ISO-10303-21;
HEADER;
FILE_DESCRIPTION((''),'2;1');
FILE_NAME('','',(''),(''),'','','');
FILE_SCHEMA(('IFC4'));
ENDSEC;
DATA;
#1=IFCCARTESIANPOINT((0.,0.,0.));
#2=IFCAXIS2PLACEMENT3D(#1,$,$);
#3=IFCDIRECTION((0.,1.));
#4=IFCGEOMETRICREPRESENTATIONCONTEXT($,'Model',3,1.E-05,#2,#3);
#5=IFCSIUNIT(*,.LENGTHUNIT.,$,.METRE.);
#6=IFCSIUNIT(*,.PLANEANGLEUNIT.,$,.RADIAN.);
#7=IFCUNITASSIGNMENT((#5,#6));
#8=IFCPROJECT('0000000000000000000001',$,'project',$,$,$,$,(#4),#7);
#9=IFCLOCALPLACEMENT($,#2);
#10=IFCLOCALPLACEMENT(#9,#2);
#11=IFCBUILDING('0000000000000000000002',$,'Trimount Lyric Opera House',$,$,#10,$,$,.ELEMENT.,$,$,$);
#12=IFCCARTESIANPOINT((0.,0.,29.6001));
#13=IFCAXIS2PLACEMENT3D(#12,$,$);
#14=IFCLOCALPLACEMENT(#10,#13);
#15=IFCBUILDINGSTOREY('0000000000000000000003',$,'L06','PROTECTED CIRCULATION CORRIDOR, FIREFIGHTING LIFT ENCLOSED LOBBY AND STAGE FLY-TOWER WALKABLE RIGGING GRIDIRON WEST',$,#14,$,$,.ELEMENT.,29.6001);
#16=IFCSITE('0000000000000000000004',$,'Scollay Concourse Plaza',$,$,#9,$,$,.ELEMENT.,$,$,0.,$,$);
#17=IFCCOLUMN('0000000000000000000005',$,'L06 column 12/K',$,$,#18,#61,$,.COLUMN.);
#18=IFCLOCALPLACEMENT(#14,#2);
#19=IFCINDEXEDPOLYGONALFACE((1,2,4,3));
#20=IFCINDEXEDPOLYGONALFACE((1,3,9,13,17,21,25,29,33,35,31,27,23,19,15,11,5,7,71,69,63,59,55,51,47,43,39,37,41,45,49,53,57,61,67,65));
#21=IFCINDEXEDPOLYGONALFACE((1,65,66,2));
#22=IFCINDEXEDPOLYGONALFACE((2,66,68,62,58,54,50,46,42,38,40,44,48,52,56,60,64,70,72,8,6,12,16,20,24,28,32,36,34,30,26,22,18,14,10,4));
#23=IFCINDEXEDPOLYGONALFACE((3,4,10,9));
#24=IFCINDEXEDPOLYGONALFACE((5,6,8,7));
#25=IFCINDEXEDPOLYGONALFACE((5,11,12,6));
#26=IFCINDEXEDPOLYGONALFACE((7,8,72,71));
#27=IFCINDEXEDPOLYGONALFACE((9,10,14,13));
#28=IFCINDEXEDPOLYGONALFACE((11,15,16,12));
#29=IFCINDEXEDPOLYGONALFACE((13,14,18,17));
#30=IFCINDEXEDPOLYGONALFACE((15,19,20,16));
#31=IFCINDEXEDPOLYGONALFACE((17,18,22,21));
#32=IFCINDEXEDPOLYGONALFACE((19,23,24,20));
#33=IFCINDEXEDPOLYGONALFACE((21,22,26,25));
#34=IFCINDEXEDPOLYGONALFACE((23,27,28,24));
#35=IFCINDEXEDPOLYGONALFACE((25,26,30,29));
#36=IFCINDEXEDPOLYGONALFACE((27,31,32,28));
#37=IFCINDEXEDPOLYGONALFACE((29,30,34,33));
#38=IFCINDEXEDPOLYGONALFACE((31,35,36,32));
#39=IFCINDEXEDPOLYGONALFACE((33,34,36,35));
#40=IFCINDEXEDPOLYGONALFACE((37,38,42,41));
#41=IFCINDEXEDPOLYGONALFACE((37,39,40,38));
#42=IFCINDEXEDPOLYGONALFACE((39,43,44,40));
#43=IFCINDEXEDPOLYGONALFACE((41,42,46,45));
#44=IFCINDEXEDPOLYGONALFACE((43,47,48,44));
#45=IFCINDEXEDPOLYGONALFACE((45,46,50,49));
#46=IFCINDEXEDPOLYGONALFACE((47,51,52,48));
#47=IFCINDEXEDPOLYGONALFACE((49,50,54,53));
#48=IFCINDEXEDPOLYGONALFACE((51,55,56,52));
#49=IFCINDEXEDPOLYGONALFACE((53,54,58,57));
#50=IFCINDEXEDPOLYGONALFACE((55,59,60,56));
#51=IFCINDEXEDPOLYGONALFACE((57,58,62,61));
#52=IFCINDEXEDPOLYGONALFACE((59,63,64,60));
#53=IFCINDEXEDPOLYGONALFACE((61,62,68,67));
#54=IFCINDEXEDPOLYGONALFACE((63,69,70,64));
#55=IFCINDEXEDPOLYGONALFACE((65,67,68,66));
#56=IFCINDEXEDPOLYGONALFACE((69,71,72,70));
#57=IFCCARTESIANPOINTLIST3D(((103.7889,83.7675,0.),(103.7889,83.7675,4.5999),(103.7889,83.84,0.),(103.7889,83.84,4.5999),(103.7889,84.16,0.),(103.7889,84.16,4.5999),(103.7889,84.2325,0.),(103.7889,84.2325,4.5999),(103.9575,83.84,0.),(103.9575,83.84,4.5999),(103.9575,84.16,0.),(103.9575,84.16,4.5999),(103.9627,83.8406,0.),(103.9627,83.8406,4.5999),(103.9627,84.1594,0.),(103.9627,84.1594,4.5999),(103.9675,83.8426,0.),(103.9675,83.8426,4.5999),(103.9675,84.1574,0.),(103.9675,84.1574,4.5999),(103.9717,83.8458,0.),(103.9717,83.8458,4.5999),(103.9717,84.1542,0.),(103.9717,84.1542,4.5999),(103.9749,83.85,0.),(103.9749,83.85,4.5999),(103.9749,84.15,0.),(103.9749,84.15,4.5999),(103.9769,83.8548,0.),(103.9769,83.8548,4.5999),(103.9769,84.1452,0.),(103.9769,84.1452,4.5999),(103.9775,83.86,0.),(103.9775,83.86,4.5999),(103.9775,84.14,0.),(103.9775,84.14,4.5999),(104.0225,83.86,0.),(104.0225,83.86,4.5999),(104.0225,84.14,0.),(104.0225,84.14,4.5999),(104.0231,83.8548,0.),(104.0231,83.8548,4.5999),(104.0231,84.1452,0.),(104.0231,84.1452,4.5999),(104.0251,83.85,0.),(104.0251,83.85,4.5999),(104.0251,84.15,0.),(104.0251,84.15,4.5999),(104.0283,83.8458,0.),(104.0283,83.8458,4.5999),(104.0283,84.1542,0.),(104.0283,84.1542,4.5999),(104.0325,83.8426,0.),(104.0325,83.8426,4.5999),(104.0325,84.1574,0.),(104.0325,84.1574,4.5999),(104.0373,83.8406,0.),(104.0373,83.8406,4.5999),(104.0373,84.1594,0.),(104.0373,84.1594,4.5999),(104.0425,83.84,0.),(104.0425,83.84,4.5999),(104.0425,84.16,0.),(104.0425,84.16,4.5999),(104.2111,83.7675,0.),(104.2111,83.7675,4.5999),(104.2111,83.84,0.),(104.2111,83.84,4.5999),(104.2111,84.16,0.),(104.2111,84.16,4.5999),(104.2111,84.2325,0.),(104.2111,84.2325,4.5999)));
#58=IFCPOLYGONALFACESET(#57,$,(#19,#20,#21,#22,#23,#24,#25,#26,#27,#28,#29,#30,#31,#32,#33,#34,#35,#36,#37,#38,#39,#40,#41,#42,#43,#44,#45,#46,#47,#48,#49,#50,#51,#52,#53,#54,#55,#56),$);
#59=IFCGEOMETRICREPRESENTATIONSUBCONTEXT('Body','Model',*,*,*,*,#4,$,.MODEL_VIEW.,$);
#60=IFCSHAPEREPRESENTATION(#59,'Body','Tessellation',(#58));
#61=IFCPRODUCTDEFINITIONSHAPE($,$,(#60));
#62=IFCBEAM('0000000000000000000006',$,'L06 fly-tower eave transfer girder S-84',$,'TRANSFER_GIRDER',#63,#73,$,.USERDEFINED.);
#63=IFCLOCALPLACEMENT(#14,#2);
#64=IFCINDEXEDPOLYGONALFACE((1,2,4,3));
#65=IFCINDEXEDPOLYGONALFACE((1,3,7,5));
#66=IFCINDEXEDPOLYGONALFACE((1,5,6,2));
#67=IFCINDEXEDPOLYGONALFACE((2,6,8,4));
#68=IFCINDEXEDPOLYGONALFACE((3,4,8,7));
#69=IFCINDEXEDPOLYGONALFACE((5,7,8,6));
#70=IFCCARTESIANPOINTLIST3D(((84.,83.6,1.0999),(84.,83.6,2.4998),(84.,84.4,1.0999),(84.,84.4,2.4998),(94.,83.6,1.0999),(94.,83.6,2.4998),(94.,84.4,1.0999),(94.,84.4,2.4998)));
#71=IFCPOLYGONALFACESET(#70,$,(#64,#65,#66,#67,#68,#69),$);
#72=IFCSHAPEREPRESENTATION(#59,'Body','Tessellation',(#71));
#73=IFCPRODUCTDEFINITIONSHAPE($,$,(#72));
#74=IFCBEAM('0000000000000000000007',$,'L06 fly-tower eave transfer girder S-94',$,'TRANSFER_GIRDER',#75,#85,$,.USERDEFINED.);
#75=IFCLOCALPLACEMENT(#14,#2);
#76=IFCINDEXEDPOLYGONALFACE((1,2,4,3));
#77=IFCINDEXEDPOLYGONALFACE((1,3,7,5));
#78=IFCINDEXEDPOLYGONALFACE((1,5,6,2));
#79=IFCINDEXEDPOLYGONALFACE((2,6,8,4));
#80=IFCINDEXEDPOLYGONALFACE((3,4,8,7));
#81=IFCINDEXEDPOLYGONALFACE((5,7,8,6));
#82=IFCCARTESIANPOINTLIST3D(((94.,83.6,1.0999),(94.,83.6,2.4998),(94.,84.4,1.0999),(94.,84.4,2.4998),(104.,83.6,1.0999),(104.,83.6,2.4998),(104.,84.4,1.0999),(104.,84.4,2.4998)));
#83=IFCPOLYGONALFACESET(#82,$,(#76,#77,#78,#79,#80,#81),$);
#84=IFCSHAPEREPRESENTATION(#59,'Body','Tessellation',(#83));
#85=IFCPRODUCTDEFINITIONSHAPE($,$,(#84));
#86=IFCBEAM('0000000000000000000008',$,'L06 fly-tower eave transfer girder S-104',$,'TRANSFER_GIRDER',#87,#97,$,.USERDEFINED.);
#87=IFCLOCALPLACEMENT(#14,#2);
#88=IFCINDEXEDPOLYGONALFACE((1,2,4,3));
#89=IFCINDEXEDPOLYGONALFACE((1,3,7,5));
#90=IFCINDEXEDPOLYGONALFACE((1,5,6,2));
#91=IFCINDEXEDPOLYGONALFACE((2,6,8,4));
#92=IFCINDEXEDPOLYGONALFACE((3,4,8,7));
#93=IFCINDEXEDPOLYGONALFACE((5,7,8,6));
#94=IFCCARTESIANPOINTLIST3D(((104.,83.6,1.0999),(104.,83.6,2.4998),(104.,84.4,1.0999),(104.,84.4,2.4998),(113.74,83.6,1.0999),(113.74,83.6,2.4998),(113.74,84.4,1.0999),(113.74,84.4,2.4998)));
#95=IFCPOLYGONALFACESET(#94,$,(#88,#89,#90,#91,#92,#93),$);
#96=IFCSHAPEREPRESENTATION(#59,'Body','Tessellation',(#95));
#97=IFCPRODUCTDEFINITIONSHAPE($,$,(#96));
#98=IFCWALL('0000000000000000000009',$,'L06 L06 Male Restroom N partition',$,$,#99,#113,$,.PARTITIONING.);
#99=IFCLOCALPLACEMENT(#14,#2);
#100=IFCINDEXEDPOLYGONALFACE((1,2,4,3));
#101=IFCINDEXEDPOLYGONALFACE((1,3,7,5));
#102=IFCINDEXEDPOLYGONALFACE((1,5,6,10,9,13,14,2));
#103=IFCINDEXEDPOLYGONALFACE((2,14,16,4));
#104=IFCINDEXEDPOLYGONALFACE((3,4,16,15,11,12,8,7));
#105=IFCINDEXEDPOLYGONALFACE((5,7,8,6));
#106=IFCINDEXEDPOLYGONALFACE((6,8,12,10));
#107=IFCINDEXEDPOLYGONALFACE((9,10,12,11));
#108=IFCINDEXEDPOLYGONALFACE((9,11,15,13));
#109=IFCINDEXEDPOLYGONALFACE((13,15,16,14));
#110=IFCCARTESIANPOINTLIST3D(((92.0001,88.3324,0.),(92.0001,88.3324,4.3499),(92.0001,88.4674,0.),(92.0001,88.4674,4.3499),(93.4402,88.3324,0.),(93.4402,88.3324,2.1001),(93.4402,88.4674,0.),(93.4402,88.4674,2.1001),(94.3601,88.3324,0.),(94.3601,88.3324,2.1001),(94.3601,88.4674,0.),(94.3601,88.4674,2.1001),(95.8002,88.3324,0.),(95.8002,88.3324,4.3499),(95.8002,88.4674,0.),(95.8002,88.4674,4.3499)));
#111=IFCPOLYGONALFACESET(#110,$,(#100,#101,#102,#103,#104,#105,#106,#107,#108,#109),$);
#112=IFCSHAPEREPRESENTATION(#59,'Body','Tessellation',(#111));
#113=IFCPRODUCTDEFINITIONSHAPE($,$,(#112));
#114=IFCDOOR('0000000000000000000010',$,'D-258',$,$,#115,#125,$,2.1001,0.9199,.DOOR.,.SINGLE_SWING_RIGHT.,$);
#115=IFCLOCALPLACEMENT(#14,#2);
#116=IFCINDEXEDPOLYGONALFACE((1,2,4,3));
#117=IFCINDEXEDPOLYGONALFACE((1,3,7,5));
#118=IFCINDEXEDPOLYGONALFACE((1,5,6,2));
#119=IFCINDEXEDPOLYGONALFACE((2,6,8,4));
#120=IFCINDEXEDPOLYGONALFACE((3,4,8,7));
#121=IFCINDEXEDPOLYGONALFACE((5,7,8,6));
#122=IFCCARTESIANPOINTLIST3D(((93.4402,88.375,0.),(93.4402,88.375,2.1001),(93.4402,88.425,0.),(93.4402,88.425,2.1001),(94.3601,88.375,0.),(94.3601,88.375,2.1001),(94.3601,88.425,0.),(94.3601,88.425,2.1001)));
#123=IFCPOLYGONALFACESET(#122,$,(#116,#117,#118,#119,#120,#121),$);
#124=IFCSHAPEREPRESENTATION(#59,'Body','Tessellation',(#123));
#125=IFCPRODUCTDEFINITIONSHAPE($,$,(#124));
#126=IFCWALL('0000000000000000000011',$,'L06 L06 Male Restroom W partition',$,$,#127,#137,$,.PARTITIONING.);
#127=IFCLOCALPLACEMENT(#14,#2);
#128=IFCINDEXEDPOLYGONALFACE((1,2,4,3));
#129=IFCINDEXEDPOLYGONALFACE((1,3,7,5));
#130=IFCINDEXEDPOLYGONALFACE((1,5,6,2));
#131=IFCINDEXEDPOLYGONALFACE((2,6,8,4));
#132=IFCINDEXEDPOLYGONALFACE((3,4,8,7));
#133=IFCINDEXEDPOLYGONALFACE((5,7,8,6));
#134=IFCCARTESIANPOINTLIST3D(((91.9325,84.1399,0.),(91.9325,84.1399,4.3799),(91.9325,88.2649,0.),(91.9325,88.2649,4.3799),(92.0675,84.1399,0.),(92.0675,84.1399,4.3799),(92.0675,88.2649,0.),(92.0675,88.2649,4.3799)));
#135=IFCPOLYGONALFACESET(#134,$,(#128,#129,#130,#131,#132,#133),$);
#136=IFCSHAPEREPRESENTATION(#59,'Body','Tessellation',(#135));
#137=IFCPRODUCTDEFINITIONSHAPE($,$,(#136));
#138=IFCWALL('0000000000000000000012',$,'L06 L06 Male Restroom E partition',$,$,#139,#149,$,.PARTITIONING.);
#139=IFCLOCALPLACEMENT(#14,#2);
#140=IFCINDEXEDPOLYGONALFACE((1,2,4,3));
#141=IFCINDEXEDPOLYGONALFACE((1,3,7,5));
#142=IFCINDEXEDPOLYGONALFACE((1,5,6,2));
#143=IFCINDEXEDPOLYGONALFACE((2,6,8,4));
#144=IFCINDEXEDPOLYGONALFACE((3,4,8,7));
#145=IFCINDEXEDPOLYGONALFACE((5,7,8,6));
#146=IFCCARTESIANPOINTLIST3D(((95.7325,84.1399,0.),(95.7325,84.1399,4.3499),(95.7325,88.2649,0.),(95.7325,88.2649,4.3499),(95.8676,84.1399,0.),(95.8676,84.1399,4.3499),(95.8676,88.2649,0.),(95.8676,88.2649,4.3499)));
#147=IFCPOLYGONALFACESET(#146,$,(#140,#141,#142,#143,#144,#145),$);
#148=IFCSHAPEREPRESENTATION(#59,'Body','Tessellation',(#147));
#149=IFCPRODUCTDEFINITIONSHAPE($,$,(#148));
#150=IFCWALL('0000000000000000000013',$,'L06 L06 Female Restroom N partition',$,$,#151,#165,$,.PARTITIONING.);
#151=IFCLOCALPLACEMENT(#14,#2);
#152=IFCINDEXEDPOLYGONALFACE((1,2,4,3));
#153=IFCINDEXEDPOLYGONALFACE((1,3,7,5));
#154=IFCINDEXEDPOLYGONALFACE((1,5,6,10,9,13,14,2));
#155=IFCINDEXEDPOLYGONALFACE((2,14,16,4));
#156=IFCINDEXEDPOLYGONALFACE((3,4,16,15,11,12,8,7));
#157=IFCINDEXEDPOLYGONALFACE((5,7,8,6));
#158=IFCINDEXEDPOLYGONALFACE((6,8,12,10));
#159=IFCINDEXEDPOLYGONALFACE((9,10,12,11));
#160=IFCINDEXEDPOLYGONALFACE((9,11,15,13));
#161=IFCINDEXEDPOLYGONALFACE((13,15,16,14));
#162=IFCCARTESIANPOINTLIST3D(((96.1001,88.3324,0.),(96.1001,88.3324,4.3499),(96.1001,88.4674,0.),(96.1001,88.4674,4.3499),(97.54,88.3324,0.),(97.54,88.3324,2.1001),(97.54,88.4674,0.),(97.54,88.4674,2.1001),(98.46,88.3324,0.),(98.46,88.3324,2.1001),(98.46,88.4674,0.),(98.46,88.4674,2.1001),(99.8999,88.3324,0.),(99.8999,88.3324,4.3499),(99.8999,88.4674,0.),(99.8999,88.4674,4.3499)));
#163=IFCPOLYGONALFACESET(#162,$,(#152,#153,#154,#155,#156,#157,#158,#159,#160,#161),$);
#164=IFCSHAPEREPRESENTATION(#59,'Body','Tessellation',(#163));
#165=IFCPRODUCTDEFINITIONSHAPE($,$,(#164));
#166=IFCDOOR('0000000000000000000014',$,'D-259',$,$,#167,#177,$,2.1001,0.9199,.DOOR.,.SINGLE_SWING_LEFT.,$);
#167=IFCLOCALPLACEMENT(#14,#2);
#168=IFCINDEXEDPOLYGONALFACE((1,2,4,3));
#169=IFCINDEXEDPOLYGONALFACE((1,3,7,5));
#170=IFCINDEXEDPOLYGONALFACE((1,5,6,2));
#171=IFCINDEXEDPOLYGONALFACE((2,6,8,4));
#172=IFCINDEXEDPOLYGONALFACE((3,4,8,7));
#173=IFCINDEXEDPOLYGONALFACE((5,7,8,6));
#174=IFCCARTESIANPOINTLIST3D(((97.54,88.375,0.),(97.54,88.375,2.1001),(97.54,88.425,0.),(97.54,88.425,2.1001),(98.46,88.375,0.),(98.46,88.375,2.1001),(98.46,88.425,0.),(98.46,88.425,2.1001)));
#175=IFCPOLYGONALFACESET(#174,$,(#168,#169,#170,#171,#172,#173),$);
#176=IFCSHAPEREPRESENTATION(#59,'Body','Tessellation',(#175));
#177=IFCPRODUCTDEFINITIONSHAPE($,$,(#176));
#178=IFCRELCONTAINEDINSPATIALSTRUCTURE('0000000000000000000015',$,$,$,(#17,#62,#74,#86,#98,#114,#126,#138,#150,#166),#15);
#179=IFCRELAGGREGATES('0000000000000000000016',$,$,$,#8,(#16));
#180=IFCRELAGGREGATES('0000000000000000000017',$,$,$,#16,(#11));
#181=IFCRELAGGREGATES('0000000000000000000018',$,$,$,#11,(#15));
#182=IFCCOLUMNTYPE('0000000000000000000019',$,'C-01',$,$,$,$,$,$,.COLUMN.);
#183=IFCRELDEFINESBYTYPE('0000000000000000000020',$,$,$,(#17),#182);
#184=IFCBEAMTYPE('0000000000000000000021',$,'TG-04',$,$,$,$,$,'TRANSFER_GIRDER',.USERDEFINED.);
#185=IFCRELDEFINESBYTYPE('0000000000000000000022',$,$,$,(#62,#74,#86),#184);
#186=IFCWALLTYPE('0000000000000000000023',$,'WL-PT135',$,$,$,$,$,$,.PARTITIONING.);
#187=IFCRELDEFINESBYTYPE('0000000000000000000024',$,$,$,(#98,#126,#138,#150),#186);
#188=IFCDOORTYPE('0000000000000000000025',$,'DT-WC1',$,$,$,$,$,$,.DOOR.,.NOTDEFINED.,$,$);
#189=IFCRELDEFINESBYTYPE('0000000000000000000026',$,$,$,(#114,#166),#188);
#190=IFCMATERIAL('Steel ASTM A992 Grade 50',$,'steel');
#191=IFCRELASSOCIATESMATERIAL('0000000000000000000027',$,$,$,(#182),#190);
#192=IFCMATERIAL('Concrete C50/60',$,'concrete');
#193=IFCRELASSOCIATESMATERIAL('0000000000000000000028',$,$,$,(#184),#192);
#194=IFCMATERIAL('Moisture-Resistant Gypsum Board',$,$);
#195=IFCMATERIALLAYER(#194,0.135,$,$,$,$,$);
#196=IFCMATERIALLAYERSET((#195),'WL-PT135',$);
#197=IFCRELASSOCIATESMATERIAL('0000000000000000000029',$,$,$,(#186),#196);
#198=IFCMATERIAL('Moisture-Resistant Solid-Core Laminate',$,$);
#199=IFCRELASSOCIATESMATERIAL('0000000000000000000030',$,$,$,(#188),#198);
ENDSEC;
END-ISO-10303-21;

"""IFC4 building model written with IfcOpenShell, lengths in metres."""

from ifc_helpers import new_model, si_unit, direction, frame, frame_2d, origin, origin_2d, place, context, subcontext, project, spatial, rectangle, i_section, extrude, material, layer, layer_set, material_profile, profile_set, type_object, element, fill, save


model = new_model("IFC4")

# Units and contexts
model_context = context("Model", 3, precision=1e-05, world=origin(), true_north=direction((0.0, 1.0)))
body_context = subcontext(model_context, "Body", "Model", "MODEL_VIEW")
ifc_project = project(units=[si_unit("LENGTHUNIT", "METRE"), si_unit("PLANEANGLEUNIT", "RADIAN")], contexts=[model_context])

# Site, building, storey
site_placement = place(None, origin())
site = spatial("IfcSite", under=ifc_project, at=site_placement, Name="Scollay Concourse Plaza", CompositionType="ELEMENT", RefElevation=0.0)
building_placement = place(site_placement, origin())
building = spatial("IfcBuilding", under=site, at=building_placement, Name="Trimount Lyric Opera House", CompositionType="ELEMENT")
storey_placement = place(building_placement, frame((0.0, 0.0, 29.6001)))
storey = spatial("IfcBuildingStorey", under=building, at=storey_placement, Name="L06", Description="PROTECTED CIRCULATION CORRIDOR, FIREFIGHTING LIFT ENCLOSED LOBBY AND STAGE FLY-TOWER WALKABLE RIGGING GRIDIRON WEST", CompositionType="ELEMENT", Elevation=29.6001)

# Column
ifc_material_1 = material(Name="Steel ASTM A992 Grade 50", Category="steel")
ifc_material_profile_1 = material_profile(ifc_material_1, i_section(OverallWidth=0.4221, OverallDepth=0.4651, WebThickness=0.0449, FlangeThickness=0.0725, FilletRadius=0.02, at=origin_2d()), Name="W14X398")
ifc_profile_set_1 = profile_set([ifc_material_profile_1], Name="Steel ASTM A992 Grade 50")
column_type = type_object("IfcColumnType", Name="C-01", PredefinedType="COLUMN", material=ifc_profile_set_1)
column_placement = place(storey_placement, frame((104.0, 84.0, 0.0), z_axis=(0.0, 0.0, 1.0), x_axis=(1.0, 0.0, 0.0)))
element("IfcColumn", 1, at=column_placement, inside=storey, type_object=column_type, Name="L06 column 12/K", PredefinedType="COLUMN", context=body_context, shape_type="SweptSolid", body=[
    extrude(i_section(OverallWidth=0.4221, OverallDepth=0.4651, WebThickness=0.0449, FlangeThickness=0.0725, FilletRadius=0.02, at=origin_2d()), origin(), (0.0, 0.0, 1.0), 4.5999),
])

# Beams
ifc_material_2 = material(Name="Concrete C50/60", Category="concrete")
ifc_material_profile_2 = material_profile(ifc_material_2, rectangle(XDim=0.8, YDim=1.3999, at=origin_2d()), Name="RC800X1400")
ifc_profile_set_2 = profile_set([ifc_material_profile_2], Name="Concrete C50/60")
beam_type = type_object("IfcBeamType", Name="TG-04", ElementType="TRANSFER_GIRDER", PredefinedType="USERDEFINED", material=ifc_profile_set_2)
for number, where, z_axis, x_axis, name in (
    (2, (84.0, 84.0, 1.7998), (1.0, 0.0, 0.0), (0.0, 1.0, 0.0), "L06 fly-tower eave transfer girder S-84"),
    (3, (94.0, 84.0, 1.7998), (1.0, 0.0, 0.0), (0.0, 1.0, 0.0), "L06 fly-tower eave transfer girder S-94"),
):
    element("IfcBeam", number, at=place(storey_placement, frame(where, z_axis=z_axis, x_axis=x_axis)), inside=storey, type_object=beam_type, Name=name, ObjectType="TRANSFER_GIRDER", PredefinedType="USERDEFINED", context=body_context, shape_type="SweptSolid", body=[
        extrude(rectangle(XDim=0.8, YDim=1.3999, at=origin_2d()), origin(), (0.0, 0.0, 1.0), 10.0),
    ])
beam_placement = place(storey_placement, frame((104.0, 84.0, 1.7998), z_axis=(1.0, 0.0, 0.0), x_axis=(0.0, 1.0, 0.0)))
element("IfcBeam", 4, at=beam_placement, inside=storey, type_object=beam_type, Name="L06 fly-tower eave transfer girder S-104", ObjectType="TRANSFER_GIRDER", PredefinedType="USERDEFINED", context=body_context, shape_type="SweptSolid", body=[
    extrude(rectangle(XDim=0.8, YDim=1.3999, at=origin_2d()), origin(), (0.0, 0.0, 1.0), 9.74),
])

# Wall, opening, door
ifc_material_3 = material(Name="Moisture-Resistant Gypsum Board")
ifc_layer_1 = layer(ifc_material_3, 0.135)
ifc_layer_set_1 = layer_set([ifc_layer_1], Name="WL-PT135")
wall_type_1 = type_object("IfcWallType", Name="WL-PT135", PredefinedType="PARTITIONING", material=ifc_layer_set_1)
wall_1_placement = place(storey_placement, frame((95.8, 88.3999, 0.0), z_axis=(0.0, 0.0, 1.0), x_axis=(-1.0, 0.0, 0.0)))
wall_1 = element("IfcWall", 5, at=wall_1_placement, inside=storey, type_object=wall_type_1, Name="L06 L06 Male Restroom N partition", PredefinedType="PARTITIONING", context=body_context, shape_type="SweptSolid", body=[
    extrude(rectangle(XDim=3.8, YDim=0.135, at=frame_2d((1.8999, 0.0))), origin(), (0.0, 0.0, 1.0), 4.3499),
])
opening_1_placement = place(wall_1_placement, frame((1.4399, 0.0, 0.0)))
opening_1 = element("IfcOpeningElement", 6, at=opening_1_placement, cuts=wall_1, PredefinedType="OPENING", context=body_context, shape_type="SweptSolid", body=[
    extrude(rectangle(XDim=0.9199, YDim=2.1001, at=frame_2d((0.46, 1.05))), frame((0.0, 0.0776, 0.0), z_axis=(0.0, -1.0, 0.0), x_axis=(1.0, 0.0, 0.0)), (0.0, 0.0, 1.0), 0.155),
])
ifc_material_4 = material(Name="Moisture-Resistant Solid-Core Laminate")
door_type_1 = type_object("IfcDoorType", Name="DT-WC1", OperationType="NOTDEFINED", PredefinedType="DOOR", material=ifc_material_4)
door_1_placement = place(opening_1_placement, origin())
door_1 = element("IfcDoor", 7, at=door_1_placement, inside=storey, type_object=door_type_1, Name="D-258", OperationType="SINGLE_SWING_RIGHT", OverallHeight=2.1001, OverallWidth=0.9199, PredefinedType="DOOR", context=body_context, shape_type="SweptSolid", body=[
    extrude(rectangle(XDim=0.9199, YDim=2.1001, at=frame_2d((0.46, 1.05))), frame((0.0, 0.0249, 0.0), z_axis=(0.0, -1.0, 0.0), x_axis=(1.0, 0.0, 0.0)), (0.0, 0.0, 1.0), 0.05),
])
fill(opening_1, door_1)

# Walls
wall_2_placement = place(storey_placement, frame((92.0, 88.2649, 0.0), z_axis=(0.0, 0.0, 1.0), x_axis=(0.0, -1.0, 0.0)))
element("IfcWall", 8, at=wall_2_placement, inside=storey, type_object=wall_type_1, Name="L06 L06 Male Restroom W partition", PredefinedType="PARTITIONING", context=body_context, shape_type="SweptSolid", body=[
    extrude(rectangle(XDim=4.125, YDim=0.135, at=frame_2d((2.0625, 0.0))), origin(), (0.0, 0.0, 1.0), 4.3799),
])
wall_3_placement = place(storey_placement, frame((95.8, 84.1399, 0.0), z_axis=(0.0, 0.0, 1.0), x_axis=(0.0, 1.0, 0.0)))
element("IfcWall", 9, at=wall_3_placement, inside=storey, type_object=wall_type_1, Name="L06 L06 Male Restroom E partition", PredefinedType="PARTITIONING", context=body_context, shape_type="SweptSolid", body=[
    extrude(rectangle(XDim=4.125, YDim=0.135, at=frame_2d((2.0625, 0.0))), origin(), (0.0, 0.0, 1.0), 4.3499),
])

# Wall, opening, door
wall_4_placement = place(storey_placement, frame((99.8999, 88.3999, 0.0), z_axis=(0.0, 0.0, 1.0), x_axis=(-1.0, 0.0, 0.0)))
wall_4 = element("IfcWall", 10, at=wall_4_placement, inside=storey, type_object=wall_type_1, Name="L06 L06 Female Restroom N partition", PredefinedType="PARTITIONING", context=body_context, shape_type="SweptSolid", body=[
    extrude(rectangle(XDim=3.7998, YDim=0.135, at=frame_2d((1.8999, 0.0))), origin(), (0.0, 0.0, 1.0), 4.3499),
])
opening_2_placement = place(wall_4_placement, frame((1.4399, 0.0, 0.0)))
opening_2 = element("IfcOpeningElement", 11, at=opening_2_placement, cuts=wall_4, PredefinedType="OPENING", context=body_context, shape_type="SweptSolid", body=[
    extrude(rectangle(XDim=0.9199, YDim=2.1001, at=frame_2d((0.46, 1.05))), frame((0.0, 0.0776, 0.0), z_axis=(0.0, -1.0, 0.0), x_axis=(1.0, 0.0, 0.0)), (0.0, 0.0, 1.0), 0.155),
])
door_2_placement = place(opening_2_placement, origin())
door_2 = element("IfcDoor", 12, at=door_2_placement, inside=storey, type_object=door_type_1, Name="D-259", OperationType="SINGLE_SWING_LEFT", OverallHeight=2.1001, OverallWidth=0.9199, PredefinedType="DOOR", context=body_context, shape_type="SweptSolid", body=[
    extrude(rectangle(XDim=0.9199, YDim=2.1001, at=frame_2d((0.46, 1.05))), frame((0.0, 0.0249, 0.0), z_axis=(0.0, -1.0, 0.0), x_axis=(1.0, 0.0, 0.0)), (0.0, 0.0, 1.0), 0.05),
])
fill(opening_2, door_2)

save(model, "model.ifc")
